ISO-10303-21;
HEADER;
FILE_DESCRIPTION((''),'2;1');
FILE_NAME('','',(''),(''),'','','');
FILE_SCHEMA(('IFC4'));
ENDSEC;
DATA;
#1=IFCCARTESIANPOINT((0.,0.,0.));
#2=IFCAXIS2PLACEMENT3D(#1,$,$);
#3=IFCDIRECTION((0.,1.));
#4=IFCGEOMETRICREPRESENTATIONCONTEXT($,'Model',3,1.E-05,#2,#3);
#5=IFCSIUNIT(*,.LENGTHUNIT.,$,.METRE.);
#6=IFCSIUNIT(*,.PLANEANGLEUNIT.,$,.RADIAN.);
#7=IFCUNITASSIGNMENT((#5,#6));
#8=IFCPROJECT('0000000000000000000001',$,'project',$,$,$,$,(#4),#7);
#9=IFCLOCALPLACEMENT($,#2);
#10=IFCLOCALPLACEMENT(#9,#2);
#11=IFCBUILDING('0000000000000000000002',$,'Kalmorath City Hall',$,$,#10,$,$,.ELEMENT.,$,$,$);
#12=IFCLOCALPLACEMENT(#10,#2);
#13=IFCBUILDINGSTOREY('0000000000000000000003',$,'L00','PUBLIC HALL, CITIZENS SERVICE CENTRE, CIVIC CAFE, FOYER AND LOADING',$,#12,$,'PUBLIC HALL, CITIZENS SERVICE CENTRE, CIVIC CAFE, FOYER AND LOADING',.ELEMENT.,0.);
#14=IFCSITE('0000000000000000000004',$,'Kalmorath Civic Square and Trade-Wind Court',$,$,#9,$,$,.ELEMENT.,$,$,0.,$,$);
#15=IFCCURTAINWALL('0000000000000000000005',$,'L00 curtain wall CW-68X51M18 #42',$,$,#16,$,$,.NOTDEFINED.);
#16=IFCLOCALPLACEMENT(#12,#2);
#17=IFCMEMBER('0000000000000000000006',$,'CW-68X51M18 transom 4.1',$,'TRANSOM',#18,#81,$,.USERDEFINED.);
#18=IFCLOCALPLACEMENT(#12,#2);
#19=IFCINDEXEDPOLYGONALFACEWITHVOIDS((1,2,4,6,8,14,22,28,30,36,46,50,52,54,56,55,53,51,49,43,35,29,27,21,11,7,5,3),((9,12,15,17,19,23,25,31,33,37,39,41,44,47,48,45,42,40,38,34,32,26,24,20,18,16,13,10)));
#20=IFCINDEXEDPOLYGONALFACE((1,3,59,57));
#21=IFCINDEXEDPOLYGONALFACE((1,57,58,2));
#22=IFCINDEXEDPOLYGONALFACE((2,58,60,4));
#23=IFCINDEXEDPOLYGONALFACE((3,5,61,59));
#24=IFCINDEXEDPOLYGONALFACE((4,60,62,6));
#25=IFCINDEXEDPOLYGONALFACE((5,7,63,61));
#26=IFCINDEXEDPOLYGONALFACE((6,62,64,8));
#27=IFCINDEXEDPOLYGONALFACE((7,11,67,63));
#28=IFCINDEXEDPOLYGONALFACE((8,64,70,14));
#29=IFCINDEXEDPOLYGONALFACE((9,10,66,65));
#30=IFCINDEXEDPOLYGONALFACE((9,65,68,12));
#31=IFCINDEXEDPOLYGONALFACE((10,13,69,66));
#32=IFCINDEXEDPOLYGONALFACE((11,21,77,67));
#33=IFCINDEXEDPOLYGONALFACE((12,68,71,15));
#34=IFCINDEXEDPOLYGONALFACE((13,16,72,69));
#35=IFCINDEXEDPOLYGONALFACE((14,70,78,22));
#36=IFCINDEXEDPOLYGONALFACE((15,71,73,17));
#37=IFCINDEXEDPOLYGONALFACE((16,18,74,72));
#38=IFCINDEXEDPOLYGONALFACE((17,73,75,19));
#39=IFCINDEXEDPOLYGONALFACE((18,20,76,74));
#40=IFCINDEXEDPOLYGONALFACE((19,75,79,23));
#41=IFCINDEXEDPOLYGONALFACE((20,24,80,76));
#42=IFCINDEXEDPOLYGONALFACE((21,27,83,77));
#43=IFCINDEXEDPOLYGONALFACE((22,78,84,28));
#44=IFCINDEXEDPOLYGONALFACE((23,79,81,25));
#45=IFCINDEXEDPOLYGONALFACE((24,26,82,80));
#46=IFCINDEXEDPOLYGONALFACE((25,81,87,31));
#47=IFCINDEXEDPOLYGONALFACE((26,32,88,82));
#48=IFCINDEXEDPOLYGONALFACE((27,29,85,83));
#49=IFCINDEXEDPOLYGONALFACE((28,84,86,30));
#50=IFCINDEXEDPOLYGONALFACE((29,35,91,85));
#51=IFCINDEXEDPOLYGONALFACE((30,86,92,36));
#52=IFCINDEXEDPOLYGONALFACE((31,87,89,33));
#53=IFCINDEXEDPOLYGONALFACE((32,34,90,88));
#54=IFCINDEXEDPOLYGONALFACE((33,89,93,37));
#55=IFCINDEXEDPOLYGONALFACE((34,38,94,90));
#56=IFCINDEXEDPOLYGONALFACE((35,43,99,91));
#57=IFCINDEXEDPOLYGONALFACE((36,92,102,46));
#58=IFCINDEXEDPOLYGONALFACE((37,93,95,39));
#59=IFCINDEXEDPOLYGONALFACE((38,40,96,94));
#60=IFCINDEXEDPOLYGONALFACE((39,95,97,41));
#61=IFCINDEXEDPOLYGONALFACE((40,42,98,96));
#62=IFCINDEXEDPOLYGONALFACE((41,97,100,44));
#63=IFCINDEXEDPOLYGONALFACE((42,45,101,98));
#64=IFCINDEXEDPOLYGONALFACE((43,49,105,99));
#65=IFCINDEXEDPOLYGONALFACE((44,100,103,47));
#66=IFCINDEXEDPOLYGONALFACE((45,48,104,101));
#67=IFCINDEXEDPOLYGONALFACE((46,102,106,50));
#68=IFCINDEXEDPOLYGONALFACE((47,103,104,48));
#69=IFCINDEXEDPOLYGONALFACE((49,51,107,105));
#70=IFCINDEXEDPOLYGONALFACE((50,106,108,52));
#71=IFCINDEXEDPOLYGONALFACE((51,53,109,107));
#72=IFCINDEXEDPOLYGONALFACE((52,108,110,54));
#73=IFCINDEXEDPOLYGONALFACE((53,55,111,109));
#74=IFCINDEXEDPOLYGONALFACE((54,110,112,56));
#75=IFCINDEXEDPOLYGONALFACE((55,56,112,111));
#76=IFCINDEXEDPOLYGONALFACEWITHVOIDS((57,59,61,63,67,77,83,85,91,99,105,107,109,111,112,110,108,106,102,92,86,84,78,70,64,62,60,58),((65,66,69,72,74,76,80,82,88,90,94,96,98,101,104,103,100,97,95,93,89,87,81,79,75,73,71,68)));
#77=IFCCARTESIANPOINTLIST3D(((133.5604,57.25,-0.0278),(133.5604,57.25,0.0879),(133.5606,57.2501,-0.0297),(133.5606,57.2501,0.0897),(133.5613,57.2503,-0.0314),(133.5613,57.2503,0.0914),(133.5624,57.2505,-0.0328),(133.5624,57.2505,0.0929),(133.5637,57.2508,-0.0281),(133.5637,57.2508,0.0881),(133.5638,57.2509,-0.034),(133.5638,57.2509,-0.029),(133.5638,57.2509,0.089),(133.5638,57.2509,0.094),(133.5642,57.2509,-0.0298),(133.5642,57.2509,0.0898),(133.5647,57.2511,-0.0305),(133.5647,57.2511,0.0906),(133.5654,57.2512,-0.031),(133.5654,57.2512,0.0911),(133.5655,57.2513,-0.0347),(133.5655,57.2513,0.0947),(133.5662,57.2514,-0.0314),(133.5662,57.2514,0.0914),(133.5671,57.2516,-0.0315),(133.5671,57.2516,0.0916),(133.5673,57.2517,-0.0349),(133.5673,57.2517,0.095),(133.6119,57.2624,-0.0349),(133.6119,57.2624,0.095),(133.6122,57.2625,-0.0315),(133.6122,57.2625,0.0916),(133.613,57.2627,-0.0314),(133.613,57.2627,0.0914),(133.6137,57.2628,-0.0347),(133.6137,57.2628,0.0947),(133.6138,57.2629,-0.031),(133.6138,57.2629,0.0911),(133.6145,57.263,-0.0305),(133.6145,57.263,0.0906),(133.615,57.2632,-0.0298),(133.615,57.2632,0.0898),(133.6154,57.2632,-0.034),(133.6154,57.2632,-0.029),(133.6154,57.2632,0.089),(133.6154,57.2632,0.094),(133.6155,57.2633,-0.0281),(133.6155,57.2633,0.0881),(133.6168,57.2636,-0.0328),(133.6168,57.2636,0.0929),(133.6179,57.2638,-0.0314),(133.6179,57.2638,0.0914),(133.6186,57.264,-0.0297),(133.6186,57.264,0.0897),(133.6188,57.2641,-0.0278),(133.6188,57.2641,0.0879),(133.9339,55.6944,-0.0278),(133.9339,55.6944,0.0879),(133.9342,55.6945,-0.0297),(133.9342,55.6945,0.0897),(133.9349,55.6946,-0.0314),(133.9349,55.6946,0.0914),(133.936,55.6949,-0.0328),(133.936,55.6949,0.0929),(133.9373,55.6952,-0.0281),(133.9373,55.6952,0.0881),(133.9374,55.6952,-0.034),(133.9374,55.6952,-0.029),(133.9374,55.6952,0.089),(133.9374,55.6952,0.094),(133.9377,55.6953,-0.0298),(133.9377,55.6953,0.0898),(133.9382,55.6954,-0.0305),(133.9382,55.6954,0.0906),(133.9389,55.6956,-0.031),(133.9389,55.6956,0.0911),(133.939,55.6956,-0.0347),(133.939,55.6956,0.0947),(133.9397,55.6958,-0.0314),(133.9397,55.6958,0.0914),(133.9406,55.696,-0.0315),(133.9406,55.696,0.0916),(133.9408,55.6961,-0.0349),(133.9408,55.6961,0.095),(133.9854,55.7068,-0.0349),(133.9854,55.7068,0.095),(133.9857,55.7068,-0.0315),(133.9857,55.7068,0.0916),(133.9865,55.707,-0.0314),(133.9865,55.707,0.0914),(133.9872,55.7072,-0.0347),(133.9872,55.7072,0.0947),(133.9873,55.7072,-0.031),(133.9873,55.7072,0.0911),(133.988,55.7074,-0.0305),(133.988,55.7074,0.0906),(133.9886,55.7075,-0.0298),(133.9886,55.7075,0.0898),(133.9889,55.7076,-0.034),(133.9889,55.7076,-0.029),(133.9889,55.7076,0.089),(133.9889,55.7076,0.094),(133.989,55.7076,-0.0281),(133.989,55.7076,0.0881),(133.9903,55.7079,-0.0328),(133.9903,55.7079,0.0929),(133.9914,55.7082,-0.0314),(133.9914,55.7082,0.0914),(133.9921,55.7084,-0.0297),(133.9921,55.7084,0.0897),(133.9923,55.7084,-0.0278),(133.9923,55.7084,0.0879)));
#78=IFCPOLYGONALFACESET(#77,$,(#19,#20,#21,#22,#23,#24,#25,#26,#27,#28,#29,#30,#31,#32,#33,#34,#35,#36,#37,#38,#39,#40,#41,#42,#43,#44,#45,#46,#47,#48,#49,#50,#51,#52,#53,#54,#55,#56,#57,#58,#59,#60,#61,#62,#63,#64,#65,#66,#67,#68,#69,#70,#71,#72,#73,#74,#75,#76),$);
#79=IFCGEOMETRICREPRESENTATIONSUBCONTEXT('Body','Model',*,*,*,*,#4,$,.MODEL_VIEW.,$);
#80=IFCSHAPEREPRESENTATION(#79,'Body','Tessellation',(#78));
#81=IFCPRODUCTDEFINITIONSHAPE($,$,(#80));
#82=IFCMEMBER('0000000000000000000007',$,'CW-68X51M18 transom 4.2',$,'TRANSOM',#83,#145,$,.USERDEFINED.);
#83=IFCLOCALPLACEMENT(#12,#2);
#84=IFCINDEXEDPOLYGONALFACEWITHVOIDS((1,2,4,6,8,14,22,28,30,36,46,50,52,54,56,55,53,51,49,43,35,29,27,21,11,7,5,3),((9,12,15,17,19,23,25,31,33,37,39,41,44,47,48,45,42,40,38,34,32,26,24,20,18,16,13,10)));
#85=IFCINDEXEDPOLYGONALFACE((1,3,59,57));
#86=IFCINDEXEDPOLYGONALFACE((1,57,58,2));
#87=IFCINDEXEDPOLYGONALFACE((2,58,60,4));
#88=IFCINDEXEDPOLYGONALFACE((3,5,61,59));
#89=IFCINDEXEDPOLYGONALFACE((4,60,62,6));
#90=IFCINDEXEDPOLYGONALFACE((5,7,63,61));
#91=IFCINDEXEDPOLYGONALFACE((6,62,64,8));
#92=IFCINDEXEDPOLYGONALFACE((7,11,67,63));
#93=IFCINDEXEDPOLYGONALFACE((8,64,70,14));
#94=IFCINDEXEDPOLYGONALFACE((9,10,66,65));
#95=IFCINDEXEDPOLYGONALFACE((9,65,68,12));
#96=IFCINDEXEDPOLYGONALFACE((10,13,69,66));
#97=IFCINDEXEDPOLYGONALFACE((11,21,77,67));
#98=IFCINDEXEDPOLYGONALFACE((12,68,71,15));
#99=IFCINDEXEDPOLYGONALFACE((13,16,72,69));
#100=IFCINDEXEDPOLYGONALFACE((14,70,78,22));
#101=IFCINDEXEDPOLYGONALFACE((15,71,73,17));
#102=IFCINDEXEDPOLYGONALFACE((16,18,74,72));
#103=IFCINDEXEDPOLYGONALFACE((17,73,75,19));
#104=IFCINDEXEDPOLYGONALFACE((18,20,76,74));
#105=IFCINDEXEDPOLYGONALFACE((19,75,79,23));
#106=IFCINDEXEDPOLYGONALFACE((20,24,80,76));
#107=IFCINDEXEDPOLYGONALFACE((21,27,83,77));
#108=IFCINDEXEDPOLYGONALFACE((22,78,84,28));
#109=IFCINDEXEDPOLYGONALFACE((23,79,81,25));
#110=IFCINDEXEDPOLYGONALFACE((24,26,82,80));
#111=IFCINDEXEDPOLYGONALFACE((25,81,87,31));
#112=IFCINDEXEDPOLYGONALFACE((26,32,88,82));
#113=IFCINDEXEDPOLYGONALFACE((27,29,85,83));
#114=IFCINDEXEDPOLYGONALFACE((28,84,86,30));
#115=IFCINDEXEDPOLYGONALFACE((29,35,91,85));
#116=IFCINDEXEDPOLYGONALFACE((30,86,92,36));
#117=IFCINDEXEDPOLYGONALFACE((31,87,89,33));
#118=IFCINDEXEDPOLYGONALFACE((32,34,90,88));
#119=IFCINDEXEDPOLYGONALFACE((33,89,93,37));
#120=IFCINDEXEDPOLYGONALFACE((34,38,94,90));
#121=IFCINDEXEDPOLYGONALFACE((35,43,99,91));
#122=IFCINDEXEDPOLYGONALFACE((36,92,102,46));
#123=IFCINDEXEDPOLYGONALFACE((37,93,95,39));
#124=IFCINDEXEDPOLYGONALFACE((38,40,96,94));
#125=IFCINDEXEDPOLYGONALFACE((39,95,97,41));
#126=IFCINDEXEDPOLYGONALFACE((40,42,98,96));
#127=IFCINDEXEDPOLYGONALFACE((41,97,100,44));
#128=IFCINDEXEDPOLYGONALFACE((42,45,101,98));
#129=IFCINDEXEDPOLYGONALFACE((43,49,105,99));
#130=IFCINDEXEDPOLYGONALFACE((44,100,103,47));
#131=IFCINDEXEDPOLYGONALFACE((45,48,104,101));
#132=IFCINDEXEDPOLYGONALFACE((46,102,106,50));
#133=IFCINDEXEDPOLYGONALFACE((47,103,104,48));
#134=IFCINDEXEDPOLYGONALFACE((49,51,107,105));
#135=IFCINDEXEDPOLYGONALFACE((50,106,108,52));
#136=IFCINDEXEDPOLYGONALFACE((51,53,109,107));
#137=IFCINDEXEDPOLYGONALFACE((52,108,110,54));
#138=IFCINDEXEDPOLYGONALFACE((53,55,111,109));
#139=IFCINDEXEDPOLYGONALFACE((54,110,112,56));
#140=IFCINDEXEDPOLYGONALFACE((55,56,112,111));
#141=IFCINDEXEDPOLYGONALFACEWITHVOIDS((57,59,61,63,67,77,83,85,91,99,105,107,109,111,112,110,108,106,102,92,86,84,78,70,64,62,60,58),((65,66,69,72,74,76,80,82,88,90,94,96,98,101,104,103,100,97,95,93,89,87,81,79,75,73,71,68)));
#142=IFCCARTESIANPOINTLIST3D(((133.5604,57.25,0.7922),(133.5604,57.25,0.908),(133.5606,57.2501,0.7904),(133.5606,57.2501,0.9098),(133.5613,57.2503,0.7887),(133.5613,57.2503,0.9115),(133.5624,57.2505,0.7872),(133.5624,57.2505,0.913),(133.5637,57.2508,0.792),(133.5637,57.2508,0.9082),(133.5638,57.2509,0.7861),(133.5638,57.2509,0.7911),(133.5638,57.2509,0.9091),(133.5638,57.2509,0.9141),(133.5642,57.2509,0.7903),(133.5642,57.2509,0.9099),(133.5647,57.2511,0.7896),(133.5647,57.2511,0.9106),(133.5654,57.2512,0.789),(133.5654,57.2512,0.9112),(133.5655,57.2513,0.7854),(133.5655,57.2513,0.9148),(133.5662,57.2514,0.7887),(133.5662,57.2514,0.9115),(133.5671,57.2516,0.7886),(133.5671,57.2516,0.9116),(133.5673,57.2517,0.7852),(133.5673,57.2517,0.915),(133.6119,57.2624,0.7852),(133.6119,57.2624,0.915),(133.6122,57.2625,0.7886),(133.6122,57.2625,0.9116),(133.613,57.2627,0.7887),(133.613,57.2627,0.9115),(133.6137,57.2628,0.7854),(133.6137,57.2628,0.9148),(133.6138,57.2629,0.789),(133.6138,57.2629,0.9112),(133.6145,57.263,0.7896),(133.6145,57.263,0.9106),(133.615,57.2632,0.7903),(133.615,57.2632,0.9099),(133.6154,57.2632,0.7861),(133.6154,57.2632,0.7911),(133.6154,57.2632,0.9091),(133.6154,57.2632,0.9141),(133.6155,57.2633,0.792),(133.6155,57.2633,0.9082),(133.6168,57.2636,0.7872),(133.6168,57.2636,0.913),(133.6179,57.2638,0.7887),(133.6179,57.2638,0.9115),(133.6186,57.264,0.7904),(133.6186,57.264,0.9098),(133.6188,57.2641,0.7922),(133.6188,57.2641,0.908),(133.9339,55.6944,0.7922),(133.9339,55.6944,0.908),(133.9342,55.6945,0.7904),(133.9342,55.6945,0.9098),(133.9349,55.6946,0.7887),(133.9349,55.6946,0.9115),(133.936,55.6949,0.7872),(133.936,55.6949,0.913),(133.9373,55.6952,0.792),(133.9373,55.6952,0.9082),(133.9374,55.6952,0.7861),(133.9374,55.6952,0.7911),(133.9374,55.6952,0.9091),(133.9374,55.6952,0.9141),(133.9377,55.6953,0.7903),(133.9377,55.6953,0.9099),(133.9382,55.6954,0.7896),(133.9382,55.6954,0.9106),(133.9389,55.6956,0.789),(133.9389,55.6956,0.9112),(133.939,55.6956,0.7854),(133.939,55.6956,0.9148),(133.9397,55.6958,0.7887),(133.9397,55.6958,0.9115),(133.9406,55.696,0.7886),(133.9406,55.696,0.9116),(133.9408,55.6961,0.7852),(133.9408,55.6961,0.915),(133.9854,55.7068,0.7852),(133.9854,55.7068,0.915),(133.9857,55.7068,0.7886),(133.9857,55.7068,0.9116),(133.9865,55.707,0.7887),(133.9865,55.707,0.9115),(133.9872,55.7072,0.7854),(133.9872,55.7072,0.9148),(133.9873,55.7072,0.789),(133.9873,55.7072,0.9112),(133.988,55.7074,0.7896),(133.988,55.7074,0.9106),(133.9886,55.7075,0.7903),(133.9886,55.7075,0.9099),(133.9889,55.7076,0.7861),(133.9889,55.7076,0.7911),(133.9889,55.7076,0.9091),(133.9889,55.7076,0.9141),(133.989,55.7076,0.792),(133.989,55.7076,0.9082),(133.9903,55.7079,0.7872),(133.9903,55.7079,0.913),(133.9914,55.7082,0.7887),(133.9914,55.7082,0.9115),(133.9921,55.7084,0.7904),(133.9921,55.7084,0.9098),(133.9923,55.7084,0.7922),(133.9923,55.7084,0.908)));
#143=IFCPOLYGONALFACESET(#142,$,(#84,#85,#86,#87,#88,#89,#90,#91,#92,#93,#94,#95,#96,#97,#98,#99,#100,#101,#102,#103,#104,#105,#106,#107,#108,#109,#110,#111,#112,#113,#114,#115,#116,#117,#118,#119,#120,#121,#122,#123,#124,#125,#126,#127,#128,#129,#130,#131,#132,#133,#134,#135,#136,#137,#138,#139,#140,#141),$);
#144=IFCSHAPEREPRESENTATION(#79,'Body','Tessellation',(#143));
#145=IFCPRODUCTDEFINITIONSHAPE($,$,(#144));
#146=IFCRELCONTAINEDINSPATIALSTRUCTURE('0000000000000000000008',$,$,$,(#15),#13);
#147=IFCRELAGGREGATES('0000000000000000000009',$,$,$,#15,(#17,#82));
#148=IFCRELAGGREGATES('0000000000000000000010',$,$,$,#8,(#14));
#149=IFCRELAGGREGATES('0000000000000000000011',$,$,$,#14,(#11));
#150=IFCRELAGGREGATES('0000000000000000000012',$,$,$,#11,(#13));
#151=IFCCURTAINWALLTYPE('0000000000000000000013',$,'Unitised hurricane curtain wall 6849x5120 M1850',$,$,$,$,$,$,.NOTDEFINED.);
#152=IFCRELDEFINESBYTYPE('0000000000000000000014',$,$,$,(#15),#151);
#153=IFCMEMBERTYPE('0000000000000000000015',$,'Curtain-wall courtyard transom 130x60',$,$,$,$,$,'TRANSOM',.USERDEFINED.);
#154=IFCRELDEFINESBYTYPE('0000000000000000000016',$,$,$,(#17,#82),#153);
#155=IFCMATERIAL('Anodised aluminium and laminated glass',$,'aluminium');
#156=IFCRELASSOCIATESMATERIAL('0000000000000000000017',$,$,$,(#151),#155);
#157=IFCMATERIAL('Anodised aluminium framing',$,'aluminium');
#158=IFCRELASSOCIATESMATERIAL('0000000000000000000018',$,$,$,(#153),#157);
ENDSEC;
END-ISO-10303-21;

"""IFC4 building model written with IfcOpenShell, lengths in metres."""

from ifc_helpers import new_model, si_unit, direction, frame, origin, origin_2d, place, context, subcontext, project, spatial, hollow_rectangle, extrude, material, material_profile, profile_set, type_object, element, aggregate, save


model = new_model("IFC4")

# Units and contexts
model_context = context("Model", 3, precision=1e-05, world=origin(), true_north=direction((0.0, 1.0)))
body_context = subcontext(model_context, "Body", "Model", "MODEL_VIEW")
ifc_project = project(units=[si_unit("LENGTHUNIT", "METRE"), si_unit("PLANEANGLEUNIT", "RADIAN")], contexts=[model_context])

# Site, building, storey
site_placement = place(None, origin())
site = spatial("IfcSite", under=ifc_project, at=site_placement, Name="Kalmorath Civic Square and Trade-Wind Court", CompositionType="ELEMENT", RefElevation=0.0)
building_placement = place(site_placement, origin())
building = spatial("IfcBuilding", under=site, at=building_placement, Name="Kalmorath City Hall", CompositionType="ELEMENT")
storey_placement = place(building_placement, origin())
storey = spatial("IfcBuildingStorey", under=building, at=storey_placement, Name="L00", Description="PUBLIC HALL, CITIZENS SERVICE CENTRE, CIVIC CAFE, FOYER AND LOADING", LongName="PUBLIC HALL, CITIZENS SERVICE CENTRE, CIVIC CAFE, FOYER AND LOADING", CompositionType="ELEMENT", Elevation=0.0)

# Curtain wall, members
ifc_material_1 = material(Name="Anodised aluminium and laminated glass", Category="aluminium")
curtain_wall_type = type_object("IfcCurtainWallType", Name="Unitised hurricane curtain wall 6849x5120 M1850", PredefinedType="NOTDEFINED", material=ifc_material_1)
curtain_wall_placement = place(storey_placement, origin())
curtain_wall = element("IfcCurtainWall", 1, at=curtain_wall_placement, inside=storey, type_object=curtain_wall_type, Name="L00 curtain wall CW-68X51M18 #42", PredefinedType="NOTDEFINED")
ifc_material_2 = material(Name="Anodised aluminium framing", Category="aluminium")
ifc_material_profile_1 = material_profile(ifc_material_2, hollow_rectangle(XDim=0.0601, YDim=0.1299, WallThickness=0.0034, InnerFilletRadius=0.0034, OuterFilletRadius=0.0071, at=origin_2d()), Name="ALU-TRN-130X60X3.5")
ifc_profile_set_1 = profile_set([ifc_material_profile_1], Name="Anodised aluminium framing")
member_type_1 = type_object("IfcMemberType", Name="Curtain-wall courtyard transom 130x60", ElementType="TRANSOM", PredefinedType="USERDEFINED", material=ifc_profile_set_1)
member_1_placement = place(storey_placement, frame((133.9631, 55.7014, 0.03), z_axis=(-0.233477, 0.972362, 0.0), x_axis=(-0.972362, -0.233477, 0.0)))
member_1 = element("IfcMember", 2, at=member_1_placement, type_object=member_type_1, Name="CW-68X51M18 transom 4.1", ObjectType="TRANSOM", PredefinedType="USERDEFINED", context=body_context, shape_type="SweptSolid", body=[
    extrude(hollow_rectangle(XDim=0.0601, YDim=0.1299, WallThickness=0.0034, InnerFilletRadius=0.0034, OuterFilletRadius=0.0071, at=origin_2d()), origin(), (0.0, 0.0, 1.0), 1.5999),
])
member_2_placement = place(storey_placement, frame((133.9631, 55.7014, 0.8501), z_axis=(-0.233477, 0.972362, 0.0), x_axis=(-0.972362, -0.233477, 0.0)))
member_2 = element("IfcMember", 3, at=member_2_placement, type_object=member_type_1, Name="CW-68X51M18 transom 4.2", ObjectType="TRANSOM", PredefinedType="USERDEFINED", context=body_context, shape_type="SweptSolid", body=[
    extrude(hollow_rectangle(XDim=0.0601, YDim=0.1299, WallThickness=0.0034, InnerFilletRadius=0.0034, OuterFilletRadius=0.0071, at=origin_2d()), origin(), (0.0, 0.0, 1.0), 1.5999),
])

aggregate(curtain_wall, [member_1, member_2])

save(model, "model.ifc")
